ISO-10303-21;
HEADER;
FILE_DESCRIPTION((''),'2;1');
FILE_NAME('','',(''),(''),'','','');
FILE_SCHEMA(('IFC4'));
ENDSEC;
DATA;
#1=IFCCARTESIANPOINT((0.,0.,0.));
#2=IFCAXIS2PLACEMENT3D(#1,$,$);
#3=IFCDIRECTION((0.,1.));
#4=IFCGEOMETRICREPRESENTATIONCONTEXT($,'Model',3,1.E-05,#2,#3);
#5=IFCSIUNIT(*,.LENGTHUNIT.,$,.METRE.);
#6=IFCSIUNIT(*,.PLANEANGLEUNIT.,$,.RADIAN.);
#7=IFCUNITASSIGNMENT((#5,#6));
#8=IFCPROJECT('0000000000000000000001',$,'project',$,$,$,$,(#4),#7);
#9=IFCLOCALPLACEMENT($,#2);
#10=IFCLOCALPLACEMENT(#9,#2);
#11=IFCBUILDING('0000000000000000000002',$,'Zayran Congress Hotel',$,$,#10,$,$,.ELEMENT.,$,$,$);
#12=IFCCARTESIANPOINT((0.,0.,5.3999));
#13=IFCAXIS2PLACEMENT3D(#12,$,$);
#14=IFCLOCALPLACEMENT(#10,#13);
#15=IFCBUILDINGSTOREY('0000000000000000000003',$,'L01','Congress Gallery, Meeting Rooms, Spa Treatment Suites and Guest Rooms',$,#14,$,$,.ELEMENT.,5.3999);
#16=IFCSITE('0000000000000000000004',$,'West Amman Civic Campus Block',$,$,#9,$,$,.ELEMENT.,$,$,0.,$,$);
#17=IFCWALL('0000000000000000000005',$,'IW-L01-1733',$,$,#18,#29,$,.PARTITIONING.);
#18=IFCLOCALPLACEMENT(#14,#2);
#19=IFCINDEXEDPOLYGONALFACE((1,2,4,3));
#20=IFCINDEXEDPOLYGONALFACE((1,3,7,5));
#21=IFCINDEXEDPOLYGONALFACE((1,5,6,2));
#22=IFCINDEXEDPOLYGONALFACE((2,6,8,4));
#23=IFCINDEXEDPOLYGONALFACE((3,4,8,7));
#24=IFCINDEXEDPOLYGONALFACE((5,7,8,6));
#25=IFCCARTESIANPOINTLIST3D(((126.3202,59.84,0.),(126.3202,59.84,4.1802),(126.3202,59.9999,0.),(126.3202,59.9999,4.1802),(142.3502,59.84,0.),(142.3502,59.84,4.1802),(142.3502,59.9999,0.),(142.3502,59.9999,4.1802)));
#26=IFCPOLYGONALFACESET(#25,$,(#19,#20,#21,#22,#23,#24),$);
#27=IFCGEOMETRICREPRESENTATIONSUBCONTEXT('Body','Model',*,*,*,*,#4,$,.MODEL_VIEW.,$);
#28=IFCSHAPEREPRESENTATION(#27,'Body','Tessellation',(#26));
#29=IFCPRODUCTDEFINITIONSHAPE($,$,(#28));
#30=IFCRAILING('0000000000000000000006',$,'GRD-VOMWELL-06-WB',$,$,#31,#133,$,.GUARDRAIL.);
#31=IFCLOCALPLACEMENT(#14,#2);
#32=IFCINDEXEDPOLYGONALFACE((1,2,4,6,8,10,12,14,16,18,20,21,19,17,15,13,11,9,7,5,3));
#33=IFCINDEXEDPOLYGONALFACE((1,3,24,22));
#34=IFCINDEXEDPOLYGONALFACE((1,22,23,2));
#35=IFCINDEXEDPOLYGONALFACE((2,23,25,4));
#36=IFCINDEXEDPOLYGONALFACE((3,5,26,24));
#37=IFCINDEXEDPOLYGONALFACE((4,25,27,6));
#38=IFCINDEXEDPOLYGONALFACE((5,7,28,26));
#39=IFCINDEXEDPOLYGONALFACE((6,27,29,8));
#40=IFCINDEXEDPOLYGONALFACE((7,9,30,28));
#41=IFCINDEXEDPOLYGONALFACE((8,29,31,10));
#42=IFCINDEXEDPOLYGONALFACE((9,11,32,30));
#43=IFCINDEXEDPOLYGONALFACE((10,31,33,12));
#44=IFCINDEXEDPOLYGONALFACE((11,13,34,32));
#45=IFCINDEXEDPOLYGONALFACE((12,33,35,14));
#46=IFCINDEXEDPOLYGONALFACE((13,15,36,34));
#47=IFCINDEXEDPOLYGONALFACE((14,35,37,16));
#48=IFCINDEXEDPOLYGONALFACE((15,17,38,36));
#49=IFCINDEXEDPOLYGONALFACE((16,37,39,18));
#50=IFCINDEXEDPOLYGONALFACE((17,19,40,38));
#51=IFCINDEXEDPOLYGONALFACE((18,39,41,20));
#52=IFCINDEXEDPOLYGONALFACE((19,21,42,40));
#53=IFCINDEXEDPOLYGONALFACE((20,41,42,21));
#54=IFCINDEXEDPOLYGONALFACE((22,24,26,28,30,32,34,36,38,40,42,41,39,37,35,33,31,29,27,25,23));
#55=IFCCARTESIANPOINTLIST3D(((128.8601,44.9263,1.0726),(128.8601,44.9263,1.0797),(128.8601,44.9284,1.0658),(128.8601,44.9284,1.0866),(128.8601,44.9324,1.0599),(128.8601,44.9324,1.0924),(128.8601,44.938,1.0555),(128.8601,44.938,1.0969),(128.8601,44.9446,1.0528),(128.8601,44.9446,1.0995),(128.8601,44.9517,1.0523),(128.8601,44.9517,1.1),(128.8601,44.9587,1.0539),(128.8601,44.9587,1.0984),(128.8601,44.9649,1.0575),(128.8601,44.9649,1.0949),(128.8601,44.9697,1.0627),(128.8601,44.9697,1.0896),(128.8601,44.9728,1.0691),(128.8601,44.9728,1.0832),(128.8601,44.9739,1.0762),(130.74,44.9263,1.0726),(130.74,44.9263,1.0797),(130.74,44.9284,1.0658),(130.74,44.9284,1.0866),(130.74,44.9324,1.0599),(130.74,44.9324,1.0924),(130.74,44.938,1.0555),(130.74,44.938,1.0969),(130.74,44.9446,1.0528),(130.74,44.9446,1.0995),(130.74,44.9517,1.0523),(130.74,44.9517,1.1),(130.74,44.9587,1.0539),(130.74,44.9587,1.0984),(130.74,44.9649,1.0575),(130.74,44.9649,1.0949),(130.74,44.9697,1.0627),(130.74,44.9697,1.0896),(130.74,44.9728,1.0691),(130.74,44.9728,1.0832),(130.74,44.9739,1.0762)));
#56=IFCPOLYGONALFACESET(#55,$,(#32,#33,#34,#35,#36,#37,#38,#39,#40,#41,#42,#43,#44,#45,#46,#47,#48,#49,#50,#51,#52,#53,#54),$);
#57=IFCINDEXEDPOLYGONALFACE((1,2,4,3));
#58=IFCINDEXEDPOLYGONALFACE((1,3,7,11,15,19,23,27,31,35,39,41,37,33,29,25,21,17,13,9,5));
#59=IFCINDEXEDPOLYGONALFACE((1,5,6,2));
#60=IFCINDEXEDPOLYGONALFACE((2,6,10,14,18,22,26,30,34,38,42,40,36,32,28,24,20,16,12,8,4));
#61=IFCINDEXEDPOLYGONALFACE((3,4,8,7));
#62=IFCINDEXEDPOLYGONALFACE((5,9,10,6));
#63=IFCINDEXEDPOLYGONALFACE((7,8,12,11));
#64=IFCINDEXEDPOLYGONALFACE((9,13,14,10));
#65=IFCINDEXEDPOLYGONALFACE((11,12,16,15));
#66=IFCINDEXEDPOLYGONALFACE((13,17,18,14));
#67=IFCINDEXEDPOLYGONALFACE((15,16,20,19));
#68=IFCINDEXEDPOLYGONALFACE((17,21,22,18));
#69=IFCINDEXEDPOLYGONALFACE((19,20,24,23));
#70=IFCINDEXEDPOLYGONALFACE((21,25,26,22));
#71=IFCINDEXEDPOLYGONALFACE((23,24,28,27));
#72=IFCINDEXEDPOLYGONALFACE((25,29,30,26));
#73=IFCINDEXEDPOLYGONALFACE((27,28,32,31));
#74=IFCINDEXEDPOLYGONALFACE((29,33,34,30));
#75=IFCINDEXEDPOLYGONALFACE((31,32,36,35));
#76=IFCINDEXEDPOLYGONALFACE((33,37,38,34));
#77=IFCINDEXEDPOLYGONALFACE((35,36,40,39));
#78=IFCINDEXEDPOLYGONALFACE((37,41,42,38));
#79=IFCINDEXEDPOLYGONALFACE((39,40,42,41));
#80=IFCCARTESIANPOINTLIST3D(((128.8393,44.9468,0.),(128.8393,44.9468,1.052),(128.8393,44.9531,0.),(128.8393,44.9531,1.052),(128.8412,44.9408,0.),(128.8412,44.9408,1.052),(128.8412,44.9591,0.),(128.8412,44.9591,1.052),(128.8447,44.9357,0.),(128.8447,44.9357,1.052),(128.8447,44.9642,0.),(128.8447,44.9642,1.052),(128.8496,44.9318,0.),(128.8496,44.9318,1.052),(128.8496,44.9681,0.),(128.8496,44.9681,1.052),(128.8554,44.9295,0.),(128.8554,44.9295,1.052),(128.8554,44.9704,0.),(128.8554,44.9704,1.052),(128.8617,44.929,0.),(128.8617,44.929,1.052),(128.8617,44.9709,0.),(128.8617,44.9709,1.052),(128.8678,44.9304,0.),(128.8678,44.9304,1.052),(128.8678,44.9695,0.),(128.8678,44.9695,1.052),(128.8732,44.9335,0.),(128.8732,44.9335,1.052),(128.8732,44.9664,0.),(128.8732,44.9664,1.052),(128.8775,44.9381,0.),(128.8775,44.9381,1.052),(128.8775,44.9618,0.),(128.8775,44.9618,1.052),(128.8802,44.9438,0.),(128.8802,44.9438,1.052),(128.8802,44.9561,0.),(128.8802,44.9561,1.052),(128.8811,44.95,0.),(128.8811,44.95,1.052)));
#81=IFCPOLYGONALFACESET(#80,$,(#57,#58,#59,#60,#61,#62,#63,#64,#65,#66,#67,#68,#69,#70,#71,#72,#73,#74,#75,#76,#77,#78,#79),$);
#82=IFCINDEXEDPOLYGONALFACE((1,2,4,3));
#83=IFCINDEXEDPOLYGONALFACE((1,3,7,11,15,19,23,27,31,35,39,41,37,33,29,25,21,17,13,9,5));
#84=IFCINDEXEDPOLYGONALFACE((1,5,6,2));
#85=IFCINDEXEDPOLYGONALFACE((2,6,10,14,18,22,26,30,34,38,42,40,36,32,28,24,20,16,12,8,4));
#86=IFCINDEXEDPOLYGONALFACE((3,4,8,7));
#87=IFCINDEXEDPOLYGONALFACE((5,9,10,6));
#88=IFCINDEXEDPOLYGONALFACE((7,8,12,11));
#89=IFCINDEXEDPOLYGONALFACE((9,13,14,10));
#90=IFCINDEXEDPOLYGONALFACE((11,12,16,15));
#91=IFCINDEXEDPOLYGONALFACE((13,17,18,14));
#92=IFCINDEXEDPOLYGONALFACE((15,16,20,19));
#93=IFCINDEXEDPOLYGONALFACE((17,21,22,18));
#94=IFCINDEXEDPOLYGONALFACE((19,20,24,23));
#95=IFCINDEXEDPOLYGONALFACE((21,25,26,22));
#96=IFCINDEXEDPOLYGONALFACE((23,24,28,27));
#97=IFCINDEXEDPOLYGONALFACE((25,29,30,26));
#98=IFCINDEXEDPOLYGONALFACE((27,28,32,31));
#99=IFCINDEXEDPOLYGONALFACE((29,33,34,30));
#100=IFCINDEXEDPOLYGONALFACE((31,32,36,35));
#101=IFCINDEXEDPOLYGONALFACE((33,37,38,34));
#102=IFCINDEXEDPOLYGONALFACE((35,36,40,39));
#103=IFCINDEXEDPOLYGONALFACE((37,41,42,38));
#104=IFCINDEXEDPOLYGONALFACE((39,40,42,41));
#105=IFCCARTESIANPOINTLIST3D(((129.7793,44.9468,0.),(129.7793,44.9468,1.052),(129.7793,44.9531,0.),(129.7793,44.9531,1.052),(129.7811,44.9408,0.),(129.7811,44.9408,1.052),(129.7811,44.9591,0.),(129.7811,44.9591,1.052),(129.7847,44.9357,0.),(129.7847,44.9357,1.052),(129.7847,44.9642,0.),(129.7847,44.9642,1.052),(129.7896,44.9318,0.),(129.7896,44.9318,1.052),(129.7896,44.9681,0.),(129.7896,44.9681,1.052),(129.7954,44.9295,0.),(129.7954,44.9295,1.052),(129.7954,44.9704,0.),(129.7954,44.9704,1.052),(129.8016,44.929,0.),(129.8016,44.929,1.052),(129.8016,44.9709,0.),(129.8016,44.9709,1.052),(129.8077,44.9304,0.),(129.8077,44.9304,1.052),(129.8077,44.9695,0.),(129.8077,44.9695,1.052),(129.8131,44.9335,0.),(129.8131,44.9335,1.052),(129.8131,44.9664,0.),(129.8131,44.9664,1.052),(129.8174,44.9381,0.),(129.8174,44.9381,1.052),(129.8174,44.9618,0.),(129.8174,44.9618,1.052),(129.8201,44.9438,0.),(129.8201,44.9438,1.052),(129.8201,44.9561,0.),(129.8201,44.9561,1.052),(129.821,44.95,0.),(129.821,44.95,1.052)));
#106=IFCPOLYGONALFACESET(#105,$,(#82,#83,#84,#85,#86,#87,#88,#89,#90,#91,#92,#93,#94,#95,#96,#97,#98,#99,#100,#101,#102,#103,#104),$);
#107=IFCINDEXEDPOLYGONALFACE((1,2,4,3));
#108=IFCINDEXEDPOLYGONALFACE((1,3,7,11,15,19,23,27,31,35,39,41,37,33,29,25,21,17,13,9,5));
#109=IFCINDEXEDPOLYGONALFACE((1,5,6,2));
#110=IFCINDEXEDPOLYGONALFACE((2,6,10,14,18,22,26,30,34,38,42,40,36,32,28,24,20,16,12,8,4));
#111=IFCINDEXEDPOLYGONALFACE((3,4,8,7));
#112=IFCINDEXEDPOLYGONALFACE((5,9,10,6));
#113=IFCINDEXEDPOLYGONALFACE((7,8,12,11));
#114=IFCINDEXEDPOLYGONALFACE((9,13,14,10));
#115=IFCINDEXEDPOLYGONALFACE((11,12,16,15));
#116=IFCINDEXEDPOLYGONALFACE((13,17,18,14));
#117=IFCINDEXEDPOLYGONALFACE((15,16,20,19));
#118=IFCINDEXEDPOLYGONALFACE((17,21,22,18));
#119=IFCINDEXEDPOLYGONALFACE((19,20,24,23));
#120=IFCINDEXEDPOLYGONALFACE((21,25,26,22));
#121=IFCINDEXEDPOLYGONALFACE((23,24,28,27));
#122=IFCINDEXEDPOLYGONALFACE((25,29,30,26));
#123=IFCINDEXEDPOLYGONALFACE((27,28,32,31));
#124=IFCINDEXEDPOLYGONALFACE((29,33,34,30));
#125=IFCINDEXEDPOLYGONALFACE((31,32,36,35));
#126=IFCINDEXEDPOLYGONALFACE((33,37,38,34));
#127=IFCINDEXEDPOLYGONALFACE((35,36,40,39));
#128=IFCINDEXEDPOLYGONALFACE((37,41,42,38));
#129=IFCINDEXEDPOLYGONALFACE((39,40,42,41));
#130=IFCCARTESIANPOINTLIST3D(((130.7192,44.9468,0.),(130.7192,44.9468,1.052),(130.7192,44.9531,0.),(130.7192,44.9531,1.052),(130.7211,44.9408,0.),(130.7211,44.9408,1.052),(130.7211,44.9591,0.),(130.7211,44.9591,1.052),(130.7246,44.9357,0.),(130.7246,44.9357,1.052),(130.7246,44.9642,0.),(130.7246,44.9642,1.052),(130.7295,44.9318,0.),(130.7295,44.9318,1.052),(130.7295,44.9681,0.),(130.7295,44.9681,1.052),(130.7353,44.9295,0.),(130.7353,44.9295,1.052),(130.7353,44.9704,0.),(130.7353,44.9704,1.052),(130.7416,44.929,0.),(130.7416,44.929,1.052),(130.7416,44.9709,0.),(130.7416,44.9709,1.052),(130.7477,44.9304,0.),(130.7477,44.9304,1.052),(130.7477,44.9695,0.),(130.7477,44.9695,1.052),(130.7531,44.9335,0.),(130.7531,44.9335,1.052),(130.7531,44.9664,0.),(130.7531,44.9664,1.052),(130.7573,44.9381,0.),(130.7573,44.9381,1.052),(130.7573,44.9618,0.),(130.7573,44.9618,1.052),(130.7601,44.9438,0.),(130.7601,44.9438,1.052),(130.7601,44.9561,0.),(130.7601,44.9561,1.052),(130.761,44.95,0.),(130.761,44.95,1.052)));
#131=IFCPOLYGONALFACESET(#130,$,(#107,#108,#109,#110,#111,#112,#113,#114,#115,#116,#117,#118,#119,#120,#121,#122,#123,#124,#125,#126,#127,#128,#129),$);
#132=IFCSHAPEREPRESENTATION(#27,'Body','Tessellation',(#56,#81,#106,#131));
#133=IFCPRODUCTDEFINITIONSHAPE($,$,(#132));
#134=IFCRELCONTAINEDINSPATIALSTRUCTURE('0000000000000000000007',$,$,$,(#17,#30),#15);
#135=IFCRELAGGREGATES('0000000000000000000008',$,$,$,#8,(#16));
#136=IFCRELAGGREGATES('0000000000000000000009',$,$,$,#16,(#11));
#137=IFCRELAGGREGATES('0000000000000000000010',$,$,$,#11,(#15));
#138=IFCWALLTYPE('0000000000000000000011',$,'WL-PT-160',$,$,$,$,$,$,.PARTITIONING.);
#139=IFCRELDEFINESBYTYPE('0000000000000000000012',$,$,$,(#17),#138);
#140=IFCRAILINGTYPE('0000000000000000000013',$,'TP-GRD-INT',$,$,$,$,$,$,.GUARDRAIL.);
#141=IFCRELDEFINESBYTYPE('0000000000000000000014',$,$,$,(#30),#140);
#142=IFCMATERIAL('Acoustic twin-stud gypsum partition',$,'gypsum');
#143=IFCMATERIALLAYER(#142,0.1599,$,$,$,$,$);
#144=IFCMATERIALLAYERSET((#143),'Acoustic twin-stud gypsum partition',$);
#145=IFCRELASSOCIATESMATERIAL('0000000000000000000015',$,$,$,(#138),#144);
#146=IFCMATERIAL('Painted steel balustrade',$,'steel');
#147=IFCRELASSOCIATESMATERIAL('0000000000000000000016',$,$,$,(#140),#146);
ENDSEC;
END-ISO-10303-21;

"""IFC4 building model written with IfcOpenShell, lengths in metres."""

from ifc_helpers import new_model, si_unit, direction, frame, frame_2d, origin, origin_2d, place, context, subcontext, project, spatial, rectangle, circle, extrude, material, layer, layer_set, type_object, element, save


model = new_model("IFC4")

# Units and contexts
model_context = context("Model", 3, precision=1e-05, world=origin(), true_north=direction((0.0, 1.0)))
body_context = subcontext(model_context, "Body", "Model", "MODEL_VIEW")
ifc_project = project(units=[si_unit("LENGTHUNIT", "METRE"), si_unit("PLANEANGLEUNIT", "RADIAN")], contexts=[model_context])

# Site, building, storey
site_placement = place(None, origin())
site = spatial("IfcSite", under=ifc_project, at=site_placement, Name="West Amman Civic Campus Block", CompositionType="ELEMENT", RefElevation=0.0)
building_placement = place(site_placement, origin())
building = spatial("IfcBuilding", under=site, at=building_placement, Name="Zayran Congress Hotel", CompositionType="ELEMENT")
storey_placement = place(building_placement, frame((0.0, 0.0, 5.3999)))
storey = spatial("IfcBuildingStorey", under=building, at=storey_placement, Name="L01", Description="Congress Gallery, Meeting Rooms, Spa Treatment Suites and Guest Rooms", CompositionType="ELEMENT", Elevation=5.3999)

# Shared definitions
ifc_material_1 = material(Name="Acoustic twin-stud gypsum partition", Category="gypsum")
ifc_layer_1 = layer(ifc_material_1, 0.1599)
ifc_layer_set_1 = layer_set([ifc_layer_1], Name="Acoustic twin-stud gypsum partition")
wall_type_1 = type_object("IfcWallType", Name="WL-PT-160", PredefinedType="PARTITIONING", material=ifc_layer_set_1)

# Wall
wall_1_placement = place(storey_placement, frame((126.3201, 59.9199, 0.0), z_axis=(0.0, 0.0, 1.0), x_axis=(1.0, 0.0, 0.0)))
element("IfcWall", 1, at=wall_1_placement, inside=storey, type_object=wall_type_1, Name="IW-L01-1733", PredefinedType="PARTITIONING", context=body_context, shape_type="SweptSolid", body=[
    extrude(rectangle(XDim=16.03, YDim=0.1599, at=frame_2d((8.0151, 0.0))), origin(), (0.0, 0.0, 1.0), 4.1802),
])

# Railing
ifc_material_2 = material(Name="Painted steel balustrade", Category="steel")
railing_type = type_object("IfcRailingType", Name="TP-GRD-INT", PredefinedType="GUARDRAIL", material=ifc_material_2)
railing_1_placement = place(storey_placement, frame((128.8601, 44.95, 0.0)))
element("IfcRailing", 2, at=railing_1_placement, inside=storey, type_object=railing_type, Name="GRD-VOMWELL-06-WB", PredefinedType="GUARDRAIL", context=body_context, shape_type="SweptSolid", body=[
    extrude(circle(Radius=0.0239, at=origin_2d()), frame((0.0, 0.0, 1.0762), z_axis=(1.0, 0.0, 0.0), x_axis=(0.0, 1.0, 0.0)), (0.0, 0.0, 1.0), 1.8799),
    extrude(circle(Radius=0.021, at=origin_2d()), origin(), (0.0, 0.0, 1.0), 1.052),
    extrude(circle(Radius=0.021, at=origin_2d()), frame((0.9399, 0.0, 0.0)), (0.0, 0.0, 1.0), 1.052),
    extrude(circle(Radius=0.021, at=origin_2d()), frame((1.8799, 0.0, 0.0)), (0.0, 0.0, 1.0), 1.052),
])

save(model, "model.ifc")
